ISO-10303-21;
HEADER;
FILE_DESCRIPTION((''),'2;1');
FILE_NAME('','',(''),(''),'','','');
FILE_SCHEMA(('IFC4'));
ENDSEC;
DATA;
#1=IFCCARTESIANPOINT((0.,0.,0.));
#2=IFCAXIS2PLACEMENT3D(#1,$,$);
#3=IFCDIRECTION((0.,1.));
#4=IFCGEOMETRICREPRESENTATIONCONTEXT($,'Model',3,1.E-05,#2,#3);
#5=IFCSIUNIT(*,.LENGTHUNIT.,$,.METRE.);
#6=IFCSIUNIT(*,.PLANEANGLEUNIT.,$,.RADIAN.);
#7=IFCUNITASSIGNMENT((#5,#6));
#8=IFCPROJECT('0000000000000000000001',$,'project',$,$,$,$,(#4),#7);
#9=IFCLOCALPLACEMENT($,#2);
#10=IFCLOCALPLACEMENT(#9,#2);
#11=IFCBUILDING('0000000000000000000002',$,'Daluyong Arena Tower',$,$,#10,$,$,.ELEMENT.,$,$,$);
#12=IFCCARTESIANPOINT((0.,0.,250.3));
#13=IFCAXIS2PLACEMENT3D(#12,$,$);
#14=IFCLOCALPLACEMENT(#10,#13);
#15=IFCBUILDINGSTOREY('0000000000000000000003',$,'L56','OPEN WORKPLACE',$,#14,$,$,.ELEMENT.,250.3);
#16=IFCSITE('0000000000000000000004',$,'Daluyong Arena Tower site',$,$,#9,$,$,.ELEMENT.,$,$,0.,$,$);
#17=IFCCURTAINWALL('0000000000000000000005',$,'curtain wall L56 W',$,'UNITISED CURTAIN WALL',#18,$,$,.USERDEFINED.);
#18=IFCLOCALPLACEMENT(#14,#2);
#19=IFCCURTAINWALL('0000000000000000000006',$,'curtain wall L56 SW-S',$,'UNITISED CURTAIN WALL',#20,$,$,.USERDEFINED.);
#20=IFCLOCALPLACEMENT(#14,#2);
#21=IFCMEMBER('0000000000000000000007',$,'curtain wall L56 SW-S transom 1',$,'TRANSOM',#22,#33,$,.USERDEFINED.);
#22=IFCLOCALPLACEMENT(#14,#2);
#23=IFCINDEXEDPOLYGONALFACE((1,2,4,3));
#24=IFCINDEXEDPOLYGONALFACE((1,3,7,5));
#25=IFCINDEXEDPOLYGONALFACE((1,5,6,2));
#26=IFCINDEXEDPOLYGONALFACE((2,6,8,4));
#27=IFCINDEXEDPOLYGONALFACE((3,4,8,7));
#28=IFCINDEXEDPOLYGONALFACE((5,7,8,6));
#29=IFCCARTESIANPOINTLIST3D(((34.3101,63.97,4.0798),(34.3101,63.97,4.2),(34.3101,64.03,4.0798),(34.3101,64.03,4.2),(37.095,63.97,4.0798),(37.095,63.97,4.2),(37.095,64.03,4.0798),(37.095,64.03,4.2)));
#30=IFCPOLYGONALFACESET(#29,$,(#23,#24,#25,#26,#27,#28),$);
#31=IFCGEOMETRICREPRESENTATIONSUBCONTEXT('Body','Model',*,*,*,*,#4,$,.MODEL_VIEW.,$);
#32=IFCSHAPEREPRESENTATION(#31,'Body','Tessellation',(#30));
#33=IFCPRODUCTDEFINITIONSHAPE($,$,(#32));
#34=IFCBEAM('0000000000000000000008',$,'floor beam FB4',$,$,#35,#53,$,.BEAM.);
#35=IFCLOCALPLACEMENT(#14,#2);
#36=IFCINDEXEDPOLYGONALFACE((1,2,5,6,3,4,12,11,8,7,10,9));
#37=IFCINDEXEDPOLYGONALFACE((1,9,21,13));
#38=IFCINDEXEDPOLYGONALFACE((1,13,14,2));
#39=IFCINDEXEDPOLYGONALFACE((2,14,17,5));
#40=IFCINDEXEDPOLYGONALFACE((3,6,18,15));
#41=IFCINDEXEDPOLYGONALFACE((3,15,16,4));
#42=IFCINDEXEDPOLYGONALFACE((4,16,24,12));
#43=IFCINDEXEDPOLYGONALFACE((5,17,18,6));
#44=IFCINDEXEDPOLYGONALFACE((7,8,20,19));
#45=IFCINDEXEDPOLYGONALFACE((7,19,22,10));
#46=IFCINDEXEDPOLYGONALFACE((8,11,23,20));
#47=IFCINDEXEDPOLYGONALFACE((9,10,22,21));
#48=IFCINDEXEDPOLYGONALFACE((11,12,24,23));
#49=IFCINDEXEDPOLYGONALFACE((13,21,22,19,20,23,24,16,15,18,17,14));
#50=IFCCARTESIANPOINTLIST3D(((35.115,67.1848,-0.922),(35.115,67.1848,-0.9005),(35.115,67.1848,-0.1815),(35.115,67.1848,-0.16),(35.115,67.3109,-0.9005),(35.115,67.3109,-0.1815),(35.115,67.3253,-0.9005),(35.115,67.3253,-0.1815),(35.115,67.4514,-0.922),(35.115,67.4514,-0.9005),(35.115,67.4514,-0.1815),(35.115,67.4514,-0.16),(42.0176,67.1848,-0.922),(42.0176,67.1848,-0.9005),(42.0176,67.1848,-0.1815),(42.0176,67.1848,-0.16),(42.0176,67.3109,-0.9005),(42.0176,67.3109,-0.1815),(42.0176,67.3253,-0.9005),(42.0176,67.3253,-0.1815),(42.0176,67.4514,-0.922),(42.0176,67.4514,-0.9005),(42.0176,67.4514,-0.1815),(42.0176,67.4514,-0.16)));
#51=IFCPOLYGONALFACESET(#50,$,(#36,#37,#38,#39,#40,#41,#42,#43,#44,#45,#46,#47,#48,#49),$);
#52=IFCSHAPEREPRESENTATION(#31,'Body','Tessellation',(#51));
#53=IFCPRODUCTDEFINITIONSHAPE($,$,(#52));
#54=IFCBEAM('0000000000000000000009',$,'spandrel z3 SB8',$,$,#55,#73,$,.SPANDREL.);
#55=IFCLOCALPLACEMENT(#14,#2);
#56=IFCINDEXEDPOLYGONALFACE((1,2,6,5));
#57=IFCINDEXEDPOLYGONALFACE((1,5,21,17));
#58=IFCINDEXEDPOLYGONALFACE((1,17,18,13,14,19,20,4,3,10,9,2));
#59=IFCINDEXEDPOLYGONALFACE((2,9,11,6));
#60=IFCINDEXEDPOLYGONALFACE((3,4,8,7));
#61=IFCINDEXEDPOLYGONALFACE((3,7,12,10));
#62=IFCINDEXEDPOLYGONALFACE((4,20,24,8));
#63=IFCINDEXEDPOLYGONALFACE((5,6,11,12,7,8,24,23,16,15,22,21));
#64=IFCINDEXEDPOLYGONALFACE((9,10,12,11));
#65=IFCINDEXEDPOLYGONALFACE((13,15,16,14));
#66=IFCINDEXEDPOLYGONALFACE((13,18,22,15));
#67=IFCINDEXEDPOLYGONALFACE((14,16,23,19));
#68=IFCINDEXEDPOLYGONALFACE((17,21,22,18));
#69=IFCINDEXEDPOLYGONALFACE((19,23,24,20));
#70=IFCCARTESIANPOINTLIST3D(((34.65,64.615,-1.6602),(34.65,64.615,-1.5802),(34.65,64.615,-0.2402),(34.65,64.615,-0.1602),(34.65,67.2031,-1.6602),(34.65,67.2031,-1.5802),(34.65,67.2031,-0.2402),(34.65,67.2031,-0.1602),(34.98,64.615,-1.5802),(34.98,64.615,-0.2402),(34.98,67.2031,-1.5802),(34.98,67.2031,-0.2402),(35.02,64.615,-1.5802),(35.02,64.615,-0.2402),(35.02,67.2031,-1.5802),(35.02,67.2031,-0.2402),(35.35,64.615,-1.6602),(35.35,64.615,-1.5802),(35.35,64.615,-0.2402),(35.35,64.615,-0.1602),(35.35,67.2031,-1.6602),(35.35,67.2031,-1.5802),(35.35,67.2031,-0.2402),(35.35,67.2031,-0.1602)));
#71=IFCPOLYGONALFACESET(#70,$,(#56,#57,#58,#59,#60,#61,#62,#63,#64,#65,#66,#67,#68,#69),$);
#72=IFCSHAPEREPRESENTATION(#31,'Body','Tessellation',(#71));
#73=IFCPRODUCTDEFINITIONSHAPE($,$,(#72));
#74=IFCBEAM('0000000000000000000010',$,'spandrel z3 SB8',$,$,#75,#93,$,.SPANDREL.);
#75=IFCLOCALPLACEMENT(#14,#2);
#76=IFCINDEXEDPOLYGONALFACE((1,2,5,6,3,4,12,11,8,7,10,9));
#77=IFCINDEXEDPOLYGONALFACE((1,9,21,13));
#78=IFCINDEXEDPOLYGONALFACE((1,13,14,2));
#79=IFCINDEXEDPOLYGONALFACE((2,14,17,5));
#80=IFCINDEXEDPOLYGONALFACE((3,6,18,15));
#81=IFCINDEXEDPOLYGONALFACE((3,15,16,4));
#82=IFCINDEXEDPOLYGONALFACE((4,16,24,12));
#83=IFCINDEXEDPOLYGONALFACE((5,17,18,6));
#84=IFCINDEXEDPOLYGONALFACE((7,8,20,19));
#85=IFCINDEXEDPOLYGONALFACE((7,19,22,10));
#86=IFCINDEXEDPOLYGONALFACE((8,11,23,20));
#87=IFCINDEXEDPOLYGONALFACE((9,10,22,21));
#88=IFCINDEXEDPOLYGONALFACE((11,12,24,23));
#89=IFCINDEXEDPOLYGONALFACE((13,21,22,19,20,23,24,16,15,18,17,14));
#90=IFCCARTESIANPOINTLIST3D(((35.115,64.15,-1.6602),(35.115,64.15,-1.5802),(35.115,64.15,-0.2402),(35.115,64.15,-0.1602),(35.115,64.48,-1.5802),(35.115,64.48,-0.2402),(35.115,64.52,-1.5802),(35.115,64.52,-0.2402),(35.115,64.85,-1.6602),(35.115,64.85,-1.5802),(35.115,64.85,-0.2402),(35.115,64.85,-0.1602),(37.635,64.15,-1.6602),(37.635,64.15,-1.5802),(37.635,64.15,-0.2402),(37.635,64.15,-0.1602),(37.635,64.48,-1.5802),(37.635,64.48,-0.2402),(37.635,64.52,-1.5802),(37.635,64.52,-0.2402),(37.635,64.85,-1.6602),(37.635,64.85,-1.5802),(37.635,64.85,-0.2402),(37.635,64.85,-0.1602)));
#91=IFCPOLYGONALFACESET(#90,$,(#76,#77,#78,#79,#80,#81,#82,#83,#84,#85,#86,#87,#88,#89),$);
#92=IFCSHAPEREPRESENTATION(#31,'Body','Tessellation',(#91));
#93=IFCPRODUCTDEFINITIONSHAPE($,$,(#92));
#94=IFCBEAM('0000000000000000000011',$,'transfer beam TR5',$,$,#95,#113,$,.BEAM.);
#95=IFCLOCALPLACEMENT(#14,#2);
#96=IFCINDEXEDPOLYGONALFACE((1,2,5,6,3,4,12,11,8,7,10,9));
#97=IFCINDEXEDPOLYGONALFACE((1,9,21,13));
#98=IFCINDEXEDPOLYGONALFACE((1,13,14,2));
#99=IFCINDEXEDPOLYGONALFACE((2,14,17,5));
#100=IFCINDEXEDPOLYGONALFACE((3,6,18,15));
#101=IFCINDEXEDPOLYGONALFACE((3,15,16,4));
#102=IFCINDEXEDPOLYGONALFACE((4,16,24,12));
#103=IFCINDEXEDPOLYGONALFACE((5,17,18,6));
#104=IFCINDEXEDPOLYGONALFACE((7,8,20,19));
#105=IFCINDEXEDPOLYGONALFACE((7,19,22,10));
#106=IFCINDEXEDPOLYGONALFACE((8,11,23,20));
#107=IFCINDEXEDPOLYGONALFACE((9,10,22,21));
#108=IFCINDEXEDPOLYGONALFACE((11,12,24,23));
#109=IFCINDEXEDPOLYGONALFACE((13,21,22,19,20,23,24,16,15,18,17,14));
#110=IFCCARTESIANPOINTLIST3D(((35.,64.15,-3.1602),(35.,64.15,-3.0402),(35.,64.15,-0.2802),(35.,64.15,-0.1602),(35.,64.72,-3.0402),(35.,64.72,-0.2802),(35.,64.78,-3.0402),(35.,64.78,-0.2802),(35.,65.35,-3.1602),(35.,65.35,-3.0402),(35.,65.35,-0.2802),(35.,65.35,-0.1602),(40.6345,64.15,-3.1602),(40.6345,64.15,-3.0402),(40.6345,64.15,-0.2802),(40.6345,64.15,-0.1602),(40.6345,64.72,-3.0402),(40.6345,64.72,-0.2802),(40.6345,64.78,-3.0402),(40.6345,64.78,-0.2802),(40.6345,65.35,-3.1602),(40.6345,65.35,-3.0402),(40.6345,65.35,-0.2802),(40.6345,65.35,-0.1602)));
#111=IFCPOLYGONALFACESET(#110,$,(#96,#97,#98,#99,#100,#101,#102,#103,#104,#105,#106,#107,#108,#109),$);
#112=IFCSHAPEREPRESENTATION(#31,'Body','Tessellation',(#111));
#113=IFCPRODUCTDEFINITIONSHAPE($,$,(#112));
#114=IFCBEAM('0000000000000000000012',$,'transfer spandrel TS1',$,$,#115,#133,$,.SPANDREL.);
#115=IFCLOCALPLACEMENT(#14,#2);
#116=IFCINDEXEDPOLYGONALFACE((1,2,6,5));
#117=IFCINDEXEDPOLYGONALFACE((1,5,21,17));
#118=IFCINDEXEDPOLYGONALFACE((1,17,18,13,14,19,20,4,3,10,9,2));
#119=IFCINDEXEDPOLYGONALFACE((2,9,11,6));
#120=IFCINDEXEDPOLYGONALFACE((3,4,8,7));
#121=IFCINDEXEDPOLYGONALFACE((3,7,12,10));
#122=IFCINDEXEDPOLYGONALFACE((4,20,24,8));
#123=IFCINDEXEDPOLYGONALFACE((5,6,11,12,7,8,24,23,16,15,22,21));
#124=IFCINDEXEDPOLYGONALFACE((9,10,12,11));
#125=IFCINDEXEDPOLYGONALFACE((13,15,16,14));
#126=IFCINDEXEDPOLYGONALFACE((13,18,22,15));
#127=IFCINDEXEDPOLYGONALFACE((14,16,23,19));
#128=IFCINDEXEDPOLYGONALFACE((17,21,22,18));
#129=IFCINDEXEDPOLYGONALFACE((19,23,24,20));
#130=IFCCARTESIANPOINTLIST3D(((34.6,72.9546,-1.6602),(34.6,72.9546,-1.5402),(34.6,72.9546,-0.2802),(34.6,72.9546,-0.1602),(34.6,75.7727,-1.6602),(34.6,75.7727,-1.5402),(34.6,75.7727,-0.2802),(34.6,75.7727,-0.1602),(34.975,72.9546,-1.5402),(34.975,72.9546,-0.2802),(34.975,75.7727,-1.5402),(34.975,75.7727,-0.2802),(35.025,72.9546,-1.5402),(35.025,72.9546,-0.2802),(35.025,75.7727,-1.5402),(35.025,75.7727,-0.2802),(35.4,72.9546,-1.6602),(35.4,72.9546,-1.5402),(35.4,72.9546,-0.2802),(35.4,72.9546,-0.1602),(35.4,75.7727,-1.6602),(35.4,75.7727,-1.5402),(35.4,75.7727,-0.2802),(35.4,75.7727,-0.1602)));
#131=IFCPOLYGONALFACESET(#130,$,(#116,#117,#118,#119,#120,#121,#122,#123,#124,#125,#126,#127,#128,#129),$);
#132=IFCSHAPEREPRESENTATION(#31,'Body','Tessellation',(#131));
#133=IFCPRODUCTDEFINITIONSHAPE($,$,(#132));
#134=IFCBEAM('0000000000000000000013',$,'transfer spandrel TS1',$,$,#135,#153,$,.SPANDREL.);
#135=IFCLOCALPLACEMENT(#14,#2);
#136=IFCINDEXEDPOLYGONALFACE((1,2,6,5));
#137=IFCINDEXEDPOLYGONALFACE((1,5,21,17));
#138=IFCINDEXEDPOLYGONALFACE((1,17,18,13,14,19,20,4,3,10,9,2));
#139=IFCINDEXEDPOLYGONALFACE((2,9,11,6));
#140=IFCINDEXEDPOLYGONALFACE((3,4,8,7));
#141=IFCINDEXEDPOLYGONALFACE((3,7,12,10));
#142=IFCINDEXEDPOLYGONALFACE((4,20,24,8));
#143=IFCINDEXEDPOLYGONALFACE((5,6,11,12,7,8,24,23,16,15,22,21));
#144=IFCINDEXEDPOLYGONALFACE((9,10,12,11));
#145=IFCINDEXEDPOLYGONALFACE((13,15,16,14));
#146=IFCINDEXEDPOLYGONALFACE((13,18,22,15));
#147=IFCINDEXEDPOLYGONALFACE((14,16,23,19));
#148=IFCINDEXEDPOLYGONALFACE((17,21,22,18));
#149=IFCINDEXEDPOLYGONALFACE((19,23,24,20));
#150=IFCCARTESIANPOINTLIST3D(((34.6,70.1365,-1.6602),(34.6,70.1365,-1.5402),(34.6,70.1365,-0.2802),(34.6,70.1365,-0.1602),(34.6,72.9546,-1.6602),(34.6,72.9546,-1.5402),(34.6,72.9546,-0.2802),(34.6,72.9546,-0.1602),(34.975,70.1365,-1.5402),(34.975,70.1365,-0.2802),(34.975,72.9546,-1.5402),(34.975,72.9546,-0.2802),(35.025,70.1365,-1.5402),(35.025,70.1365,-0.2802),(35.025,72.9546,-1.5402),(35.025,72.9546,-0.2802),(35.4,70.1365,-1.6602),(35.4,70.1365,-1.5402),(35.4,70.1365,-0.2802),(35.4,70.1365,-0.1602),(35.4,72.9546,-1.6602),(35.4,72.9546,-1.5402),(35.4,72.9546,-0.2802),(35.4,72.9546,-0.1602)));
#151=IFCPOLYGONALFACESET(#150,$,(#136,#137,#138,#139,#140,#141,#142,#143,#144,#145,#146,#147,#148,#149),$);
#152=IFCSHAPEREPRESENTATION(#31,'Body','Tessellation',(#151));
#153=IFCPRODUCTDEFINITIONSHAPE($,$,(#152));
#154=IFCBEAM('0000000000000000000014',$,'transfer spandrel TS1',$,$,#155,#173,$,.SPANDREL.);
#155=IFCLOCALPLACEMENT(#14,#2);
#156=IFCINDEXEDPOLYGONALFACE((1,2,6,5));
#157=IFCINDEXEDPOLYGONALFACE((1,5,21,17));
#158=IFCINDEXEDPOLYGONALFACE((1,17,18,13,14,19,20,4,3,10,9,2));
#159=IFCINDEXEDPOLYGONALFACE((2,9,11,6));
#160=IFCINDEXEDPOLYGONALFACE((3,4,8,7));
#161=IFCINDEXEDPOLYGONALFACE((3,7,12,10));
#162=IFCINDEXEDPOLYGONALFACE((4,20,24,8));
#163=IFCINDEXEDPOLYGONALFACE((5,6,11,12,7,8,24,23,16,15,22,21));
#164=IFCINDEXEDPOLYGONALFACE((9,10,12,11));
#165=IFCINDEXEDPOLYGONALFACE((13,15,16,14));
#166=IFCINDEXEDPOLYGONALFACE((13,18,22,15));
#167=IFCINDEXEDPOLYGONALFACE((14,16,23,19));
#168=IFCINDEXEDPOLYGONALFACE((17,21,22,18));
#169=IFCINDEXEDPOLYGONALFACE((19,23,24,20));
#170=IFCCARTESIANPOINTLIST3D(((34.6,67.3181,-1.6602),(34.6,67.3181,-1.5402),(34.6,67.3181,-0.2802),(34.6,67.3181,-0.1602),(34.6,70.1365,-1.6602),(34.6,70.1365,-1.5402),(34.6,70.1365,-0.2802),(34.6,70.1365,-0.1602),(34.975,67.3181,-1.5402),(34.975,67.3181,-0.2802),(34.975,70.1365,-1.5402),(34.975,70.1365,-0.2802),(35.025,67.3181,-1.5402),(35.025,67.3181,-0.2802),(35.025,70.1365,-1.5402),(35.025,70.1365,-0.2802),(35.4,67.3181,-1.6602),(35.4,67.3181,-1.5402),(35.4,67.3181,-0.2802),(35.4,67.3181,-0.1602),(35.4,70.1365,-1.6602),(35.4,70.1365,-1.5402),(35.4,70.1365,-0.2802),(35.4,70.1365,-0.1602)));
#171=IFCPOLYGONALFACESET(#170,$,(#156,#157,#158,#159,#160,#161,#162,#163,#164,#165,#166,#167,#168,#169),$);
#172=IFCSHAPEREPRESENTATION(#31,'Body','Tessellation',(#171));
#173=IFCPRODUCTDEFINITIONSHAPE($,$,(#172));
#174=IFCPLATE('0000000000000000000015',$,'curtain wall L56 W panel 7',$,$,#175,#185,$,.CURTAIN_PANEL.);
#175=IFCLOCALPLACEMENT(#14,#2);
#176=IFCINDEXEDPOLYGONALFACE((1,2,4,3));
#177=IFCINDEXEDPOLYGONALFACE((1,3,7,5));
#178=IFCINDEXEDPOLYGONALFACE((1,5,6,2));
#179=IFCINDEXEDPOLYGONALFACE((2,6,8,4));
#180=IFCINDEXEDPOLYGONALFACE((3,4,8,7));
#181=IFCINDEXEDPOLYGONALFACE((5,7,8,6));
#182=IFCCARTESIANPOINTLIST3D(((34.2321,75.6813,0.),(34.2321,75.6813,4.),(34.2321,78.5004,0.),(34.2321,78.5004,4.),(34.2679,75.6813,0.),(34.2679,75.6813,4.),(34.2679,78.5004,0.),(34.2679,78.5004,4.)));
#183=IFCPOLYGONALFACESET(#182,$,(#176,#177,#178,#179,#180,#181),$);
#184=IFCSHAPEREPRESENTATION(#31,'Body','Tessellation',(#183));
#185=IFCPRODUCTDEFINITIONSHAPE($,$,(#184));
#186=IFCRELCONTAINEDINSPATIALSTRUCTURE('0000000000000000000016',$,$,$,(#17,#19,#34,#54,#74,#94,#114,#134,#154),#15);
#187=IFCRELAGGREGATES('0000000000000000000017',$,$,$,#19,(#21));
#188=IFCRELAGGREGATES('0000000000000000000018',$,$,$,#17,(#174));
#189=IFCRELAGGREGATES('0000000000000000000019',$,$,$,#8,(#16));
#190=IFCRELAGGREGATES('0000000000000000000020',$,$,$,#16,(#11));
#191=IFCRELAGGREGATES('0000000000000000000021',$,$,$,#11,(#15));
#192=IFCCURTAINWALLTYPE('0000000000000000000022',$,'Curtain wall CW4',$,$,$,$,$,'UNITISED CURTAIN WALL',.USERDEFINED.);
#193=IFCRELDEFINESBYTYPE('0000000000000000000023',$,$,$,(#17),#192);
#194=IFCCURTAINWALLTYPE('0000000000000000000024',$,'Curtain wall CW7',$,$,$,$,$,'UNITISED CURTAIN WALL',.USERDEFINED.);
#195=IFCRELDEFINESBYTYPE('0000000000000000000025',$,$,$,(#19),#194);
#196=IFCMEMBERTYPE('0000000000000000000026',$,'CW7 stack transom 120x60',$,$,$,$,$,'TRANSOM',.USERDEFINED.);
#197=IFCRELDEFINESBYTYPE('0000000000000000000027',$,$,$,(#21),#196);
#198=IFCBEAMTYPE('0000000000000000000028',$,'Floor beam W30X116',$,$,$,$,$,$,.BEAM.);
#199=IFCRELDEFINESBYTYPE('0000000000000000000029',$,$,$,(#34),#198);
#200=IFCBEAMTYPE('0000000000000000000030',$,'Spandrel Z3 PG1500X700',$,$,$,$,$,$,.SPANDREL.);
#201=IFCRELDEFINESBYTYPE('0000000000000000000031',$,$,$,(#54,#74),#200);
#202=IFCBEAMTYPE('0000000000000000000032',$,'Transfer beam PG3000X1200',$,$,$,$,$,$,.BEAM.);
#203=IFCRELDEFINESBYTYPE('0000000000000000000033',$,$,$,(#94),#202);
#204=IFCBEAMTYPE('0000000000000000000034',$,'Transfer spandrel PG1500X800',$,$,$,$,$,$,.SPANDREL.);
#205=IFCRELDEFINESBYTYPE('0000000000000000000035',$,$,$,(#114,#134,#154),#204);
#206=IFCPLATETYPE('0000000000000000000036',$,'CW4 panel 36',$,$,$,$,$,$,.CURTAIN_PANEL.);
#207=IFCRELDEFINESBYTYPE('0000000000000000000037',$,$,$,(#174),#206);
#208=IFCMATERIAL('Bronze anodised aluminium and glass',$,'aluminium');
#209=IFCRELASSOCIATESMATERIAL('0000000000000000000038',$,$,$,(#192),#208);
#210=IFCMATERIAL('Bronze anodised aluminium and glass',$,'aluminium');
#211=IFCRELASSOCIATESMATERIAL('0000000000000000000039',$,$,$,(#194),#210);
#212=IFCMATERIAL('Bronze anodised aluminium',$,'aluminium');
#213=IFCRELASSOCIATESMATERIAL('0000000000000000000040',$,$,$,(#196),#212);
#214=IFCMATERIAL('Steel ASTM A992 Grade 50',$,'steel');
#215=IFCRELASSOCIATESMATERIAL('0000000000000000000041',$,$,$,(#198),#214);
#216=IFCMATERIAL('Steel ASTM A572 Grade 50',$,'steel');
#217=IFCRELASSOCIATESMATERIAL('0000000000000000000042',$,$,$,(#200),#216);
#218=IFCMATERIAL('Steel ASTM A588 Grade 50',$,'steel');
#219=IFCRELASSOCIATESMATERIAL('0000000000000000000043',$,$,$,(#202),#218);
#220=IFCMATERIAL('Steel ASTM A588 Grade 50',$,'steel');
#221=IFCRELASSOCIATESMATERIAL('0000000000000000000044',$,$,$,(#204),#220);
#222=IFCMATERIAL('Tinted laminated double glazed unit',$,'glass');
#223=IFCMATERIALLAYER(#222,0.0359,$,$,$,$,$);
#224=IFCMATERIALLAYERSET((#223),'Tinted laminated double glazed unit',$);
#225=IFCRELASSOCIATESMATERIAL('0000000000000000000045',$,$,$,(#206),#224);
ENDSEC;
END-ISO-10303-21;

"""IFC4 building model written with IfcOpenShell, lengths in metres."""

from ifc_helpers import new_model, si_unit, direction, frame, origin, origin_2d, place, context, subcontext, project, spatial, rectangle, i_section, extrude, material, layer, layer_set, material_profile, profile_set, type_object, element, aggregate, save


model = new_model("IFC4")

# Units and contexts
model_context = context("Model", 3, precision=1e-05, world=origin(), true_north=direction((0.0, 1.0)))
body_context = subcontext(model_context, "Body", "Model", "MODEL_VIEW")
ifc_project = project(units=[si_unit("LENGTHUNIT", "METRE"), si_unit("PLANEANGLEUNIT", "RADIAN")], contexts=[model_context])

# Site, building, storey
site_placement = place(None, origin())
site = spatial("IfcSite", under=ifc_project, at=site_placement, Name="Daluyong Arena Tower site", CompositionType="ELEMENT", RefElevation=0.0)
building_placement = place(site_placement, origin())
building = spatial("IfcBuilding", under=site, at=building_placement, Name="Daluyong Arena Tower", CompositionType="ELEMENT")
storey_placement = place(building_placement, frame((0.0, 0.0, 250.3)))
storey = spatial("IfcBuildingStorey", under=building, at=storey_placement, Name="L56", Description="OPEN WORKPLACE", CompositionType="ELEMENT", Elevation=250.3)

# Curtain walls, member
ifc_material_1 = material(Name="Bronze anodised aluminium and glass", Category="aluminium")
curtain_wall_type_1 = type_object("IfcCurtainWallType", Name="Curtain wall CW4", ElementType="UNITISED CURTAIN WALL", PredefinedType="USERDEFINED", material=ifc_material_1)
curtain_wall_1_placement = place(storey_placement, origin())
curtain_wall_1 = element("IfcCurtainWall", 1, at=curtain_wall_1_placement, inside=storey, type_object=curtain_wall_type_1, Name="curtain wall L56 W", ObjectType="UNITISED CURTAIN WALL", PredefinedType="USERDEFINED")
ifc_material_2 = material(Name="Bronze anodised aluminium and glass", Category="aluminium")
curtain_wall_type_2 = type_object("IfcCurtainWallType", Name="Curtain wall CW7", ElementType="UNITISED CURTAIN WALL", PredefinedType="USERDEFINED", material=ifc_material_2)
curtain_wall_2_placement = place(storey_placement, origin())
curtain_wall_2 = element("IfcCurtainWall", 2, at=curtain_wall_2_placement, inside=storey, type_object=curtain_wall_type_2, Name="curtain wall L56 SW-S", ObjectType="UNITISED CURTAIN WALL", PredefinedType="USERDEFINED")
ifc_material_3 = material(Name="Bronze anodised aluminium", Category="aluminium")
ifc_material_profile_1 = material_profile(ifc_material_3, rectangle(XDim=0.0601, YDim=0.1201, at=origin_2d()))
ifc_profile_set_1 = profile_set([ifc_material_profile_1], Name="Bronze anodised aluminium")
member_type_1 = type_object("IfcMemberType", Name="CW7 stack transom 120x60", ElementType="TRANSOM", PredefinedType="USERDEFINED", material=ifc_profile_set_1)
member_1_placement = place(storey_placement, frame((34.3101, 64.0, 4.1399), z_axis=(1.0, 0.0, 0.0), x_axis=(0.0, 1.0, 0.0)))
member_1 = element("IfcMember", 3, at=member_1_placement, type_object=member_type_1, Name="curtain wall L56 SW-S transom 1", ObjectType="TRANSOM", PredefinedType="USERDEFINED", context=body_context, shape_type="SweptSolid", body=[
    extrude(rectangle(XDim=0.0601, YDim=0.1201, at=origin_2d()), origin(), (0.0, 0.0, 1.0), 2.7849),
])
aggregate(curtain_wall_2, [member_1])

# Beams
ifc_material_4 = material(Name="Steel ASTM A992 Grade 50", Category="steel")
ifc_material_profile_2 = material_profile(ifc_material_4, i_section(OverallWidth=0.2666, OverallDepth=0.762, WebThickness=0.0144, FlangeThickness=0.0215, at=origin_2d()))
ifc_profile_set_2 = profile_set([ifc_material_profile_2], Name="Steel ASTM A992 Grade 50")
beam_type_1 = type_object("IfcBeamType", Name="Floor beam W30X116", PredefinedType="BEAM", material=ifc_profile_set_2)
beam_1_placement = place(storey_placement, frame((35.115, 67.3181, -0.541), z_axis=(1.0, 0.0, 0.0), x_axis=(0.0, 1.0, 0.0)))
element("IfcBeam", 4, at=beam_1_placement, inside=storey, type_object=beam_type_1, Name="floor beam FB4", PredefinedType="BEAM", context=body_context, shape_type="SweptSolid", body=[
    extrude(i_section(OverallWidth=0.2666, OverallDepth=0.762, WebThickness=0.0144, FlangeThickness=0.0215, at=origin_2d()), origin(), (0.0, 0.0, 1.0), 6.9026),
])
ifc_material_5 = material(Name="Steel ASTM A572 Grade 50", Category="steel")
ifc_material_profile_3 = material_profile(ifc_material_5, i_section(OverallWidth=0.7, OverallDepth=1.5, WebThickness=0.04, FlangeThickness=0.08, at=origin_2d()))
ifc_profile_set_3 = profile_set([ifc_material_profile_3], Name="Steel ASTM A572 Grade 50")
beam_type_2 = type_object("IfcBeamType", Name="Spandrel Z3 PG1500X700", PredefinedType="SPANDREL", material=ifc_profile_set_3)
beam_2_placement = place(storey_placement, frame((35.0, 67.2031, -0.9102), z_axis=(0.0, -1.0, 0.0), x_axis=(1.0, 0.0, 0.0)))
element("IfcBeam", 5, at=beam_2_placement, inside=storey, type_object=beam_type_2, Name="spandrel z3 SB8", PredefinedType="SPANDREL", context=body_context, shape_type="SweptSolid", body=[
    extrude(i_section(OverallWidth=0.7, OverallDepth=1.5, WebThickness=0.04, FlangeThickness=0.08, at=origin_2d()), origin(), (0.0, 0.0, 1.0), 2.5881),
])
beam_3_placement = place(storey_placement, frame((35.115, 64.5, -0.9102), z_axis=(1.0, 0.0, 0.0), x_axis=(0.0, 1.0, 0.0)))
element("IfcBeam", 6, at=beam_3_placement, inside=storey, type_object=beam_type_2, Name="spandrel z3 SB8", PredefinedType="SPANDREL", context=body_context, shape_type="SweptSolid", body=[
    extrude(i_section(OverallWidth=0.7, OverallDepth=1.5, WebThickness=0.04, FlangeThickness=0.08, at=origin_2d()), origin(), (0.0, 0.0, 1.0), 2.52),
])
ifc_material_6 = material(Name="Steel ASTM A588 Grade 50", Category="steel")
ifc_material_profile_4 = material_profile(ifc_material_6, i_section(OverallWidth=1.2, OverallDepth=3.0, WebThickness=0.06, FlangeThickness=0.12, at=origin_2d()))
ifc_profile_set_4 = profile_set([ifc_material_profile_4], Name="Steel ASTM A588 Grade 50")
beam_type_3 = type_object("IfcBeamType", Name="Transfer beam PG3000X1200", PredefinedType="BEAM", material=ifc_profile_set_4)
beam_4_placement = place(storey_placement, frame((35.0, 64.75, -1.6602), z_axis=(1.0, 0.0, 0.0), x_axis=(0.0, 1.0, 0.0)))
element("IfcBeam", 7, at=beam_4_placement, inside=storey, type_object=beam_type_3, Name="transfer beam TR5", PredefinedType="BEAM", context=body_context, shape_type="SweptSolid", body=[
    extrude(i_section(OverallWidth=1.2, OverallDepth=3.0, WebThickness=0.06, FlangeThickness=0.12, at=origin_2d()), origin(), (0.0, 0.0, 1.0), 5.6345),
])
ifc_material_7 = material(Name="Steel ASTM A588 Grade 50", Category="steel")
ifc_material_profile_5 = material_profile(ifc_material_7, i_section(OverallWidth=0.8, OverallDepth=1.5, WebThickness=0.05, FlangeThickness=0.12, at=origin_2d()))
ifc_profile_set_5 = profile_set([ifc_material_profile_5], Name="Steel ASTM A588 Grade 50")
beam_type_4 = type_object("IfcBeamType", Name="Transfer spandrel PG1500X800", PredefinedType="SPANDREL", material=ifc_profile_set_5)
for number, where, z_axis, x_axis, name in (
    (8, (35.0, 75.7727, -0.9102), (0.0, -1.0, 0.0), (1.0, 0.0, 0.0), "transfer spandrel TS1"),
    (9, (35.0, 72.9546, -0.9102), (0.0, -1.0, 0.0), (1.0, 0.0, 0.0), "transfer spandrel TS1"),
):
    element("IfcBeam", number, at=place(storey_placement, frame(where, z_axis=z_axis, x_axis=x_axis)), inside=storey, type_object=beam_type_4, Name=name, PredefinedType="SPANDREL", context=body_context, shape_type="SweptSolid", body=[
        extrude(i_section(OverallWidth=0.8, OverallDepth=1.5, WebThickness=0.05, FlangeThickness=0.12, at=origin_2d()), origin(), (0.0, 0.0, 1.0), 2.8181),
    ])
beam_5_placement = place(storey_placement, frame((35.0, 70.1365, -0.9102), z_axis=(0.0, -1.0, 0.0), x_axis=(1.0, 0.0, 0.0)))
element("IfcBeam", 10, at=beam_5_placement, inside=storey, type_object=beam_type_4, Name="transfer spandrel TS1", PredefinedType="SPANDREL", context=body_context, shape_type="SweptSolid", body=[
    extrude(i_section(OverallWidth=0.8, OverallDepth=1.5, WebThickness=0.05, FlangeThickness=0.12, at=origin_2d()), origin(), (0.0, 0.0, 1.0), 2.8184),
])

# Plate
ifc_material_8 = material(Name="Tinted laminated double glazed unit", Category="glass")
ifc_layer = layer(ifc_material_8, 0.0359)
ifc_layer_set = layer_set([ifc_layer], Name="Tinted laminated double glazed unit")
plate_type = type_object("IfcPlateType", Name="CW4 panel 36", PredefinedType="CURTAIN_PANEL", material=ifc_layer_set)
plate_1_placement = place(storey_placement, frame((34.25, 77.0908, 0.0), z_axis=(0.0, 0.0, 1.0), x_axis=(0.0, -1.0, 0.0)))
plate_1 = element("IfcPlate", 11, at=plate_1_placement, type_object=plate_type, Name="curtain wall L56 W panel 7", PredefinedType="CURTAIN_PANEL", context=body_context, shape_type="SweptSolid", body=[
    extrude(rectangle(XDim=2.8191, YDim=0.0359, at=origin_2d()), origin(), (0.0, 0.0, 1.0), 4.0),
])
aggregate(curtain_wall_1, [plate_1])

save(model, "model.ifc")
